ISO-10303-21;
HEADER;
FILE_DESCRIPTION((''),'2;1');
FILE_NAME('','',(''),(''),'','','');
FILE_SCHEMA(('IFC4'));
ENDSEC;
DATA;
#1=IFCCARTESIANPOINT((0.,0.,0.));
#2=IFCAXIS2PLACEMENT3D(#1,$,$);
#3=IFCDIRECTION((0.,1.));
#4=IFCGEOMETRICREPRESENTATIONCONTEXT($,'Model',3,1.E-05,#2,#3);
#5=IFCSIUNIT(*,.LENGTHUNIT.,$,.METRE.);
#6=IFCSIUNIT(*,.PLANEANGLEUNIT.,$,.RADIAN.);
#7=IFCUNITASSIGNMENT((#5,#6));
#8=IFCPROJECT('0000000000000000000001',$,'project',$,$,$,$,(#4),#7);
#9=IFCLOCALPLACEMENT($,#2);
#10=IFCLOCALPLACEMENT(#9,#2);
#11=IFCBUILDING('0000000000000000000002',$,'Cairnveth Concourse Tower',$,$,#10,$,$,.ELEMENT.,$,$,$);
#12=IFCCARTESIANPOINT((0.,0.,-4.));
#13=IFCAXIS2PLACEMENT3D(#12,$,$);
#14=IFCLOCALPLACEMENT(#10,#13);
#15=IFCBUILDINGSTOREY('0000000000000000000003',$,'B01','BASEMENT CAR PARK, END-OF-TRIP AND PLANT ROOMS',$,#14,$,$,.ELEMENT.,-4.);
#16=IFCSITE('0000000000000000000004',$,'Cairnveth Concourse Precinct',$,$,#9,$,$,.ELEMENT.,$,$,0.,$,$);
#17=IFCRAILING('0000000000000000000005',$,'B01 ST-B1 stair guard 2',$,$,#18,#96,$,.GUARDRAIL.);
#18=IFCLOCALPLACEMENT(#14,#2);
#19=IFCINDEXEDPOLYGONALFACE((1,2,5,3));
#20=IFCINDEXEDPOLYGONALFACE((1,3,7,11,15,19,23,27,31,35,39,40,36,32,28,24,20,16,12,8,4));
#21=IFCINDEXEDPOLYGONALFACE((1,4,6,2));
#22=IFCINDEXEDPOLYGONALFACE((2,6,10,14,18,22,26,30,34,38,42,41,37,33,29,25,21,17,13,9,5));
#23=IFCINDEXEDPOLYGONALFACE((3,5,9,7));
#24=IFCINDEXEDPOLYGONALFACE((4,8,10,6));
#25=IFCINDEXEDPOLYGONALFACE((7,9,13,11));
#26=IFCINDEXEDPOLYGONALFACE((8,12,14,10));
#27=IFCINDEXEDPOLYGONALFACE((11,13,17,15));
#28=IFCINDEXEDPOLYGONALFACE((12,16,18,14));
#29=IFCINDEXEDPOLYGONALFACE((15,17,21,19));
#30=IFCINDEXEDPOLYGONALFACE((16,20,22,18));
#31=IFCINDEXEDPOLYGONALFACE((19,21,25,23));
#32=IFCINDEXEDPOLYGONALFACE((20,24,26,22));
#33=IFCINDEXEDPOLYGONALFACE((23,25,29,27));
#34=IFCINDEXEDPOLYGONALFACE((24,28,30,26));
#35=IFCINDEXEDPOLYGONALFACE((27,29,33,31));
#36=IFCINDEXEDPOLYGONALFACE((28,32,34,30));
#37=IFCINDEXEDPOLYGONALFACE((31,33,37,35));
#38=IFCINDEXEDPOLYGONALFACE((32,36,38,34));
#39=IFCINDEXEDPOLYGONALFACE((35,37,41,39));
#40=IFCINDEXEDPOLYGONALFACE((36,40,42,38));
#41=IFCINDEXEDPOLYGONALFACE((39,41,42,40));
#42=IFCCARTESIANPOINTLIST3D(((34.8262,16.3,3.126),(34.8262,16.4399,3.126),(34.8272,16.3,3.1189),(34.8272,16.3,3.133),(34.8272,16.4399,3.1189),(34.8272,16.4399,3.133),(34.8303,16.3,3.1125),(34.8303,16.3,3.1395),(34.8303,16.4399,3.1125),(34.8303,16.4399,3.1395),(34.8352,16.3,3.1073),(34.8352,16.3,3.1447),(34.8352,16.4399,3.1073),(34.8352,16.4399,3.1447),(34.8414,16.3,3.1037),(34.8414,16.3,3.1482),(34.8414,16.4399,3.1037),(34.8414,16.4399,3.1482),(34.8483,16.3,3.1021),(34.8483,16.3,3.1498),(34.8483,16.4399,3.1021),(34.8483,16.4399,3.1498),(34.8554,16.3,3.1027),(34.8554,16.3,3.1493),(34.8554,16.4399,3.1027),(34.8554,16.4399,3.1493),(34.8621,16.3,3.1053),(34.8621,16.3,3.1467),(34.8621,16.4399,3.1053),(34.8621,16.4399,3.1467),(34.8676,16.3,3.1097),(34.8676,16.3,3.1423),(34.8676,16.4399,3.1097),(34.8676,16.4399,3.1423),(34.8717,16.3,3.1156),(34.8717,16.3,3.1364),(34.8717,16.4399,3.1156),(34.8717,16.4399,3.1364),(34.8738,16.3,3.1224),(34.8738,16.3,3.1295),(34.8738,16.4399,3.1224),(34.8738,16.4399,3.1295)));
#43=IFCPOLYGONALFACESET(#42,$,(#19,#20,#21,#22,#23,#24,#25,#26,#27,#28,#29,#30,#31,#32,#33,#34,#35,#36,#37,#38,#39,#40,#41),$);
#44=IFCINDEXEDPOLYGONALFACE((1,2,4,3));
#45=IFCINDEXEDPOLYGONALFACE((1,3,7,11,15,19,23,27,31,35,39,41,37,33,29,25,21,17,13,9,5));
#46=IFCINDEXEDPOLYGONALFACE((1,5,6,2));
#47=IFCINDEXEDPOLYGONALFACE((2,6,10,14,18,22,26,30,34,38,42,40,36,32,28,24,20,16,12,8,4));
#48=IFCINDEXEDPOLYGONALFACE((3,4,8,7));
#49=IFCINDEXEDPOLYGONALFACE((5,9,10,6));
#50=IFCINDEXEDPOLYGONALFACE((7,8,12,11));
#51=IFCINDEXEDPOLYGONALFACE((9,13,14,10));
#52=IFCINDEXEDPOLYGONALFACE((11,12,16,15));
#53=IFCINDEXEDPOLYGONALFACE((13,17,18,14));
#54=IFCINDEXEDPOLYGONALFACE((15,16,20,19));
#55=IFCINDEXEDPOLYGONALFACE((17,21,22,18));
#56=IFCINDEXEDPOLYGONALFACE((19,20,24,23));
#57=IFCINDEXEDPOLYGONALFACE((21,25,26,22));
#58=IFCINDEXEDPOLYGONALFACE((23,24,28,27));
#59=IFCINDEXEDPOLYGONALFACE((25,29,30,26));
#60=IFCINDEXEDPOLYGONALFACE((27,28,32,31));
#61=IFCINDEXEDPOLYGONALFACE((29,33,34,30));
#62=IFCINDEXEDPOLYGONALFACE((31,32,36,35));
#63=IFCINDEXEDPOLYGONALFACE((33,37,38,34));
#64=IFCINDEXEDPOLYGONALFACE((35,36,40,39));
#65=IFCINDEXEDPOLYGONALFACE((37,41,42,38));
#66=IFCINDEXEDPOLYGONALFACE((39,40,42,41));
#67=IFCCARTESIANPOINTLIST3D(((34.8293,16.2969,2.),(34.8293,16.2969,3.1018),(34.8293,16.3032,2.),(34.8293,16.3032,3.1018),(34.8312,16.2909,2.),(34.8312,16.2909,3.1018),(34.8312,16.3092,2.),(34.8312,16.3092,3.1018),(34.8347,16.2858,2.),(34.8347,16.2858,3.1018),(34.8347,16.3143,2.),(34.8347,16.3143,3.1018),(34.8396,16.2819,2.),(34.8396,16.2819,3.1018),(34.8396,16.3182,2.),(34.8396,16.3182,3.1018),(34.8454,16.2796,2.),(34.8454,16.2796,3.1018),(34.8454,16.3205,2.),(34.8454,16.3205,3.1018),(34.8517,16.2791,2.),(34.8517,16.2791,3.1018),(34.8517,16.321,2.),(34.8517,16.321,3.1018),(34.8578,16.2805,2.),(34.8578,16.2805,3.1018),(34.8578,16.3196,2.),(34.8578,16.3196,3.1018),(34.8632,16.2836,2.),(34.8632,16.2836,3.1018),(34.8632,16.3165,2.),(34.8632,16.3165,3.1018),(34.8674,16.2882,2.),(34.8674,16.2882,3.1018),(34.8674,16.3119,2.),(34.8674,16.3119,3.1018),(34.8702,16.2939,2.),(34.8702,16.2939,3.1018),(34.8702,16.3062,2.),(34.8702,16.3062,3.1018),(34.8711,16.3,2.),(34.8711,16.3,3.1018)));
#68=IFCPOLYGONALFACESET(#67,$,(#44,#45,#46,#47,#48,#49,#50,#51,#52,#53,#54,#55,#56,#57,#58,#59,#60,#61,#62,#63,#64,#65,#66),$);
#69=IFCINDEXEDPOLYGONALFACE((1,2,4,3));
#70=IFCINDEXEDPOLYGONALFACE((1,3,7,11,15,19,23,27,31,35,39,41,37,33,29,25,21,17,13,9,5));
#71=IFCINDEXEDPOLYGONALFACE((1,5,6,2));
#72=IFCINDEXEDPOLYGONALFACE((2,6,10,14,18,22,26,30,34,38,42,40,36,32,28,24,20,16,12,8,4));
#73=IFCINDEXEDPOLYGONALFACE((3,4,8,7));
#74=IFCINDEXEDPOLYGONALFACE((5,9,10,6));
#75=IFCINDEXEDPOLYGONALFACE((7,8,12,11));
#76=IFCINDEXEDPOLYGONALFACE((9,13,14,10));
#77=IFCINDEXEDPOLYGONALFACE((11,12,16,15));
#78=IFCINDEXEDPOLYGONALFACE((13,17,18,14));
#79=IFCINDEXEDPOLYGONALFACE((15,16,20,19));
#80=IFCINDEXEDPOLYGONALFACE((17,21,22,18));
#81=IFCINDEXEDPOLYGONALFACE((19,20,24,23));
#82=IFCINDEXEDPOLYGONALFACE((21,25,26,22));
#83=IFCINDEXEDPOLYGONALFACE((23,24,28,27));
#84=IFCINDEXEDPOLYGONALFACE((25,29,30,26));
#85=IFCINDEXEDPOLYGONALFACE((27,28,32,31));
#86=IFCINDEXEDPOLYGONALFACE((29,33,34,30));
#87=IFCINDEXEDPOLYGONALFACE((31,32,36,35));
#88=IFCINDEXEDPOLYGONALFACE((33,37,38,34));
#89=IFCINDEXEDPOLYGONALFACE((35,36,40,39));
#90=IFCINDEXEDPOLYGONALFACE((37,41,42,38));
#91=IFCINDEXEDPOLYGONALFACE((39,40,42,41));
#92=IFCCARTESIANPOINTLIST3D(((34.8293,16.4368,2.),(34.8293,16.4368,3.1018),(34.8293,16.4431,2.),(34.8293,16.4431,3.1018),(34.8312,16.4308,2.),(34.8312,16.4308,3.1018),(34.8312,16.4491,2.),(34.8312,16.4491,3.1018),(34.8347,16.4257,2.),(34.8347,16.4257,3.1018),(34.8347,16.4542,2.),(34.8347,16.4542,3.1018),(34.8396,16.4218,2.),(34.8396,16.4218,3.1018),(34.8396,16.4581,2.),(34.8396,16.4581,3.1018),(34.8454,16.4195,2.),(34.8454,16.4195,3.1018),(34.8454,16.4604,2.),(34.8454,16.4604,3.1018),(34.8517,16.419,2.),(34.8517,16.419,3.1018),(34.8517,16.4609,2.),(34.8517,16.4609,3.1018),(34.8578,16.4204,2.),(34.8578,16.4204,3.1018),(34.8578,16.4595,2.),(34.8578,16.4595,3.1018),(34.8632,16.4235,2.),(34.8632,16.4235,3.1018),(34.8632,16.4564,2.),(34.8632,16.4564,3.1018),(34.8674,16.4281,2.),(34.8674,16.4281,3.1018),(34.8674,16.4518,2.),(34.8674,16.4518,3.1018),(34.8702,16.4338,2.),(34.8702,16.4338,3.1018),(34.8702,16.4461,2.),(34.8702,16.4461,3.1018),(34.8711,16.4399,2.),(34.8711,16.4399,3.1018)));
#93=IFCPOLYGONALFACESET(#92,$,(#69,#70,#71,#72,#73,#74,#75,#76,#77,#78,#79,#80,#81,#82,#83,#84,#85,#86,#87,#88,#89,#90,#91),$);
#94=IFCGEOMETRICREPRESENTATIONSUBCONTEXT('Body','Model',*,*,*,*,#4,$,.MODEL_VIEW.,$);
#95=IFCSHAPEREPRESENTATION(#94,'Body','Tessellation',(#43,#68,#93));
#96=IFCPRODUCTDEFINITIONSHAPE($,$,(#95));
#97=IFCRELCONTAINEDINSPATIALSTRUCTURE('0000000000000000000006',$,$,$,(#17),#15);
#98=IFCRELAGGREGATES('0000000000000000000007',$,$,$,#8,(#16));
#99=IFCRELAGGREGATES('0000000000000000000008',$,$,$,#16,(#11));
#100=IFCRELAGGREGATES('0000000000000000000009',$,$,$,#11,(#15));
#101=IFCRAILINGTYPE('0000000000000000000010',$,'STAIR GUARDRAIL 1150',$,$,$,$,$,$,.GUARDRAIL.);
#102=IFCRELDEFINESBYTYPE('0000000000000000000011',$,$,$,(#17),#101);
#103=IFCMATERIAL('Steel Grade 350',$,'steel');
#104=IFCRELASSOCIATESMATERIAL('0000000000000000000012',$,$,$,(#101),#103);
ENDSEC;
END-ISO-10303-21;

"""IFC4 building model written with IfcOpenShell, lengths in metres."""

from ifc_helpers import new_model, si_unit, direction, frame, origin, origin_2d, place, context, subcontext, project, spatial, circle, extrude, material, type_object, element, save


model = new_model("IFC4")

# Units and contexts
model_context = context("Model", 3, precision=1e-05, world=origin(), true_north=direction((0.0, 1.0)))
body_context = subcontext(model_context, "Body", "Model", "MODEL_VIEW")
ifc_project = project(units=[si_unit("LENGTHUNIT", "METRE"), si_unit("PLANEANGLEUNIT", "RADIAN")], contexts=[model_context])

# Site, building, storey
site_placement = place(None, origin())
site = spatial("IfcSite", under=ifc_project, at=site_placement, Name="Cairnveth Concourse Precinct", CompositionType="ELEMENT", RefElevation=0.0)
building_placement = place(site_placement, origin())
building = spatial("IfcBuilding", under=site, at=building_placement, Name="Cairnveth Concourse Tower", CompositionType="ELEMENT")
storey_placement = place(building_placement, frame((0.0, 0.0, -4.0)))
storey = spatial("IfcBuildingStorey", under=building, at=storey_placement, Name="B01", Description="BASEMENT CAR PARK, END-OF-TRIP AND PLANT ROOMS", CompositionType="ELEMENT", Elevation=-4.0)

# Shared definitions
ifc_material_1 = material(Name="Steel Grade 350", Category="steel")

# Railing
railing_type_1 = type_object("IfcRailingType", Name="STAIR GUARDRAIL 1150", PredefinedType="GUARDRAIL", material=ifc_material_1)
railing_1_placement = place(storey_placement, frame((34.8501, 16.3, 2.0)))
element("IfcRailing", 1, at=railing_1_placement, inside=storey, type_object=railing_type_1, Name="B01 ST-B1 stair guard 2", PredefinedType="GUARDRAIL", context=body_context, shape_type="SweptSolid", body=[
    extrude(circle(Radius=0.0239, at=origin_2d()), frame((0.0, 0.0, 1.126), z_axis=(0.0, 1.0, 0.0), x_axis=(-1.0, 0.0, 0.0)), (0.0, 0.0, 1.0), 0.1399),
    extrude(circle(Radius=0.021, at=origin_2d()), origin(), (0.0, 0.0, 1.0), 1.1018),
    extrude(circle(Radius=0.021, at=origin_2d()), frame((0.0, 0.1399, 0.0)), (0.0, 0.0, 1.0), 1.1018),
])

save(model, "model.ifc")
